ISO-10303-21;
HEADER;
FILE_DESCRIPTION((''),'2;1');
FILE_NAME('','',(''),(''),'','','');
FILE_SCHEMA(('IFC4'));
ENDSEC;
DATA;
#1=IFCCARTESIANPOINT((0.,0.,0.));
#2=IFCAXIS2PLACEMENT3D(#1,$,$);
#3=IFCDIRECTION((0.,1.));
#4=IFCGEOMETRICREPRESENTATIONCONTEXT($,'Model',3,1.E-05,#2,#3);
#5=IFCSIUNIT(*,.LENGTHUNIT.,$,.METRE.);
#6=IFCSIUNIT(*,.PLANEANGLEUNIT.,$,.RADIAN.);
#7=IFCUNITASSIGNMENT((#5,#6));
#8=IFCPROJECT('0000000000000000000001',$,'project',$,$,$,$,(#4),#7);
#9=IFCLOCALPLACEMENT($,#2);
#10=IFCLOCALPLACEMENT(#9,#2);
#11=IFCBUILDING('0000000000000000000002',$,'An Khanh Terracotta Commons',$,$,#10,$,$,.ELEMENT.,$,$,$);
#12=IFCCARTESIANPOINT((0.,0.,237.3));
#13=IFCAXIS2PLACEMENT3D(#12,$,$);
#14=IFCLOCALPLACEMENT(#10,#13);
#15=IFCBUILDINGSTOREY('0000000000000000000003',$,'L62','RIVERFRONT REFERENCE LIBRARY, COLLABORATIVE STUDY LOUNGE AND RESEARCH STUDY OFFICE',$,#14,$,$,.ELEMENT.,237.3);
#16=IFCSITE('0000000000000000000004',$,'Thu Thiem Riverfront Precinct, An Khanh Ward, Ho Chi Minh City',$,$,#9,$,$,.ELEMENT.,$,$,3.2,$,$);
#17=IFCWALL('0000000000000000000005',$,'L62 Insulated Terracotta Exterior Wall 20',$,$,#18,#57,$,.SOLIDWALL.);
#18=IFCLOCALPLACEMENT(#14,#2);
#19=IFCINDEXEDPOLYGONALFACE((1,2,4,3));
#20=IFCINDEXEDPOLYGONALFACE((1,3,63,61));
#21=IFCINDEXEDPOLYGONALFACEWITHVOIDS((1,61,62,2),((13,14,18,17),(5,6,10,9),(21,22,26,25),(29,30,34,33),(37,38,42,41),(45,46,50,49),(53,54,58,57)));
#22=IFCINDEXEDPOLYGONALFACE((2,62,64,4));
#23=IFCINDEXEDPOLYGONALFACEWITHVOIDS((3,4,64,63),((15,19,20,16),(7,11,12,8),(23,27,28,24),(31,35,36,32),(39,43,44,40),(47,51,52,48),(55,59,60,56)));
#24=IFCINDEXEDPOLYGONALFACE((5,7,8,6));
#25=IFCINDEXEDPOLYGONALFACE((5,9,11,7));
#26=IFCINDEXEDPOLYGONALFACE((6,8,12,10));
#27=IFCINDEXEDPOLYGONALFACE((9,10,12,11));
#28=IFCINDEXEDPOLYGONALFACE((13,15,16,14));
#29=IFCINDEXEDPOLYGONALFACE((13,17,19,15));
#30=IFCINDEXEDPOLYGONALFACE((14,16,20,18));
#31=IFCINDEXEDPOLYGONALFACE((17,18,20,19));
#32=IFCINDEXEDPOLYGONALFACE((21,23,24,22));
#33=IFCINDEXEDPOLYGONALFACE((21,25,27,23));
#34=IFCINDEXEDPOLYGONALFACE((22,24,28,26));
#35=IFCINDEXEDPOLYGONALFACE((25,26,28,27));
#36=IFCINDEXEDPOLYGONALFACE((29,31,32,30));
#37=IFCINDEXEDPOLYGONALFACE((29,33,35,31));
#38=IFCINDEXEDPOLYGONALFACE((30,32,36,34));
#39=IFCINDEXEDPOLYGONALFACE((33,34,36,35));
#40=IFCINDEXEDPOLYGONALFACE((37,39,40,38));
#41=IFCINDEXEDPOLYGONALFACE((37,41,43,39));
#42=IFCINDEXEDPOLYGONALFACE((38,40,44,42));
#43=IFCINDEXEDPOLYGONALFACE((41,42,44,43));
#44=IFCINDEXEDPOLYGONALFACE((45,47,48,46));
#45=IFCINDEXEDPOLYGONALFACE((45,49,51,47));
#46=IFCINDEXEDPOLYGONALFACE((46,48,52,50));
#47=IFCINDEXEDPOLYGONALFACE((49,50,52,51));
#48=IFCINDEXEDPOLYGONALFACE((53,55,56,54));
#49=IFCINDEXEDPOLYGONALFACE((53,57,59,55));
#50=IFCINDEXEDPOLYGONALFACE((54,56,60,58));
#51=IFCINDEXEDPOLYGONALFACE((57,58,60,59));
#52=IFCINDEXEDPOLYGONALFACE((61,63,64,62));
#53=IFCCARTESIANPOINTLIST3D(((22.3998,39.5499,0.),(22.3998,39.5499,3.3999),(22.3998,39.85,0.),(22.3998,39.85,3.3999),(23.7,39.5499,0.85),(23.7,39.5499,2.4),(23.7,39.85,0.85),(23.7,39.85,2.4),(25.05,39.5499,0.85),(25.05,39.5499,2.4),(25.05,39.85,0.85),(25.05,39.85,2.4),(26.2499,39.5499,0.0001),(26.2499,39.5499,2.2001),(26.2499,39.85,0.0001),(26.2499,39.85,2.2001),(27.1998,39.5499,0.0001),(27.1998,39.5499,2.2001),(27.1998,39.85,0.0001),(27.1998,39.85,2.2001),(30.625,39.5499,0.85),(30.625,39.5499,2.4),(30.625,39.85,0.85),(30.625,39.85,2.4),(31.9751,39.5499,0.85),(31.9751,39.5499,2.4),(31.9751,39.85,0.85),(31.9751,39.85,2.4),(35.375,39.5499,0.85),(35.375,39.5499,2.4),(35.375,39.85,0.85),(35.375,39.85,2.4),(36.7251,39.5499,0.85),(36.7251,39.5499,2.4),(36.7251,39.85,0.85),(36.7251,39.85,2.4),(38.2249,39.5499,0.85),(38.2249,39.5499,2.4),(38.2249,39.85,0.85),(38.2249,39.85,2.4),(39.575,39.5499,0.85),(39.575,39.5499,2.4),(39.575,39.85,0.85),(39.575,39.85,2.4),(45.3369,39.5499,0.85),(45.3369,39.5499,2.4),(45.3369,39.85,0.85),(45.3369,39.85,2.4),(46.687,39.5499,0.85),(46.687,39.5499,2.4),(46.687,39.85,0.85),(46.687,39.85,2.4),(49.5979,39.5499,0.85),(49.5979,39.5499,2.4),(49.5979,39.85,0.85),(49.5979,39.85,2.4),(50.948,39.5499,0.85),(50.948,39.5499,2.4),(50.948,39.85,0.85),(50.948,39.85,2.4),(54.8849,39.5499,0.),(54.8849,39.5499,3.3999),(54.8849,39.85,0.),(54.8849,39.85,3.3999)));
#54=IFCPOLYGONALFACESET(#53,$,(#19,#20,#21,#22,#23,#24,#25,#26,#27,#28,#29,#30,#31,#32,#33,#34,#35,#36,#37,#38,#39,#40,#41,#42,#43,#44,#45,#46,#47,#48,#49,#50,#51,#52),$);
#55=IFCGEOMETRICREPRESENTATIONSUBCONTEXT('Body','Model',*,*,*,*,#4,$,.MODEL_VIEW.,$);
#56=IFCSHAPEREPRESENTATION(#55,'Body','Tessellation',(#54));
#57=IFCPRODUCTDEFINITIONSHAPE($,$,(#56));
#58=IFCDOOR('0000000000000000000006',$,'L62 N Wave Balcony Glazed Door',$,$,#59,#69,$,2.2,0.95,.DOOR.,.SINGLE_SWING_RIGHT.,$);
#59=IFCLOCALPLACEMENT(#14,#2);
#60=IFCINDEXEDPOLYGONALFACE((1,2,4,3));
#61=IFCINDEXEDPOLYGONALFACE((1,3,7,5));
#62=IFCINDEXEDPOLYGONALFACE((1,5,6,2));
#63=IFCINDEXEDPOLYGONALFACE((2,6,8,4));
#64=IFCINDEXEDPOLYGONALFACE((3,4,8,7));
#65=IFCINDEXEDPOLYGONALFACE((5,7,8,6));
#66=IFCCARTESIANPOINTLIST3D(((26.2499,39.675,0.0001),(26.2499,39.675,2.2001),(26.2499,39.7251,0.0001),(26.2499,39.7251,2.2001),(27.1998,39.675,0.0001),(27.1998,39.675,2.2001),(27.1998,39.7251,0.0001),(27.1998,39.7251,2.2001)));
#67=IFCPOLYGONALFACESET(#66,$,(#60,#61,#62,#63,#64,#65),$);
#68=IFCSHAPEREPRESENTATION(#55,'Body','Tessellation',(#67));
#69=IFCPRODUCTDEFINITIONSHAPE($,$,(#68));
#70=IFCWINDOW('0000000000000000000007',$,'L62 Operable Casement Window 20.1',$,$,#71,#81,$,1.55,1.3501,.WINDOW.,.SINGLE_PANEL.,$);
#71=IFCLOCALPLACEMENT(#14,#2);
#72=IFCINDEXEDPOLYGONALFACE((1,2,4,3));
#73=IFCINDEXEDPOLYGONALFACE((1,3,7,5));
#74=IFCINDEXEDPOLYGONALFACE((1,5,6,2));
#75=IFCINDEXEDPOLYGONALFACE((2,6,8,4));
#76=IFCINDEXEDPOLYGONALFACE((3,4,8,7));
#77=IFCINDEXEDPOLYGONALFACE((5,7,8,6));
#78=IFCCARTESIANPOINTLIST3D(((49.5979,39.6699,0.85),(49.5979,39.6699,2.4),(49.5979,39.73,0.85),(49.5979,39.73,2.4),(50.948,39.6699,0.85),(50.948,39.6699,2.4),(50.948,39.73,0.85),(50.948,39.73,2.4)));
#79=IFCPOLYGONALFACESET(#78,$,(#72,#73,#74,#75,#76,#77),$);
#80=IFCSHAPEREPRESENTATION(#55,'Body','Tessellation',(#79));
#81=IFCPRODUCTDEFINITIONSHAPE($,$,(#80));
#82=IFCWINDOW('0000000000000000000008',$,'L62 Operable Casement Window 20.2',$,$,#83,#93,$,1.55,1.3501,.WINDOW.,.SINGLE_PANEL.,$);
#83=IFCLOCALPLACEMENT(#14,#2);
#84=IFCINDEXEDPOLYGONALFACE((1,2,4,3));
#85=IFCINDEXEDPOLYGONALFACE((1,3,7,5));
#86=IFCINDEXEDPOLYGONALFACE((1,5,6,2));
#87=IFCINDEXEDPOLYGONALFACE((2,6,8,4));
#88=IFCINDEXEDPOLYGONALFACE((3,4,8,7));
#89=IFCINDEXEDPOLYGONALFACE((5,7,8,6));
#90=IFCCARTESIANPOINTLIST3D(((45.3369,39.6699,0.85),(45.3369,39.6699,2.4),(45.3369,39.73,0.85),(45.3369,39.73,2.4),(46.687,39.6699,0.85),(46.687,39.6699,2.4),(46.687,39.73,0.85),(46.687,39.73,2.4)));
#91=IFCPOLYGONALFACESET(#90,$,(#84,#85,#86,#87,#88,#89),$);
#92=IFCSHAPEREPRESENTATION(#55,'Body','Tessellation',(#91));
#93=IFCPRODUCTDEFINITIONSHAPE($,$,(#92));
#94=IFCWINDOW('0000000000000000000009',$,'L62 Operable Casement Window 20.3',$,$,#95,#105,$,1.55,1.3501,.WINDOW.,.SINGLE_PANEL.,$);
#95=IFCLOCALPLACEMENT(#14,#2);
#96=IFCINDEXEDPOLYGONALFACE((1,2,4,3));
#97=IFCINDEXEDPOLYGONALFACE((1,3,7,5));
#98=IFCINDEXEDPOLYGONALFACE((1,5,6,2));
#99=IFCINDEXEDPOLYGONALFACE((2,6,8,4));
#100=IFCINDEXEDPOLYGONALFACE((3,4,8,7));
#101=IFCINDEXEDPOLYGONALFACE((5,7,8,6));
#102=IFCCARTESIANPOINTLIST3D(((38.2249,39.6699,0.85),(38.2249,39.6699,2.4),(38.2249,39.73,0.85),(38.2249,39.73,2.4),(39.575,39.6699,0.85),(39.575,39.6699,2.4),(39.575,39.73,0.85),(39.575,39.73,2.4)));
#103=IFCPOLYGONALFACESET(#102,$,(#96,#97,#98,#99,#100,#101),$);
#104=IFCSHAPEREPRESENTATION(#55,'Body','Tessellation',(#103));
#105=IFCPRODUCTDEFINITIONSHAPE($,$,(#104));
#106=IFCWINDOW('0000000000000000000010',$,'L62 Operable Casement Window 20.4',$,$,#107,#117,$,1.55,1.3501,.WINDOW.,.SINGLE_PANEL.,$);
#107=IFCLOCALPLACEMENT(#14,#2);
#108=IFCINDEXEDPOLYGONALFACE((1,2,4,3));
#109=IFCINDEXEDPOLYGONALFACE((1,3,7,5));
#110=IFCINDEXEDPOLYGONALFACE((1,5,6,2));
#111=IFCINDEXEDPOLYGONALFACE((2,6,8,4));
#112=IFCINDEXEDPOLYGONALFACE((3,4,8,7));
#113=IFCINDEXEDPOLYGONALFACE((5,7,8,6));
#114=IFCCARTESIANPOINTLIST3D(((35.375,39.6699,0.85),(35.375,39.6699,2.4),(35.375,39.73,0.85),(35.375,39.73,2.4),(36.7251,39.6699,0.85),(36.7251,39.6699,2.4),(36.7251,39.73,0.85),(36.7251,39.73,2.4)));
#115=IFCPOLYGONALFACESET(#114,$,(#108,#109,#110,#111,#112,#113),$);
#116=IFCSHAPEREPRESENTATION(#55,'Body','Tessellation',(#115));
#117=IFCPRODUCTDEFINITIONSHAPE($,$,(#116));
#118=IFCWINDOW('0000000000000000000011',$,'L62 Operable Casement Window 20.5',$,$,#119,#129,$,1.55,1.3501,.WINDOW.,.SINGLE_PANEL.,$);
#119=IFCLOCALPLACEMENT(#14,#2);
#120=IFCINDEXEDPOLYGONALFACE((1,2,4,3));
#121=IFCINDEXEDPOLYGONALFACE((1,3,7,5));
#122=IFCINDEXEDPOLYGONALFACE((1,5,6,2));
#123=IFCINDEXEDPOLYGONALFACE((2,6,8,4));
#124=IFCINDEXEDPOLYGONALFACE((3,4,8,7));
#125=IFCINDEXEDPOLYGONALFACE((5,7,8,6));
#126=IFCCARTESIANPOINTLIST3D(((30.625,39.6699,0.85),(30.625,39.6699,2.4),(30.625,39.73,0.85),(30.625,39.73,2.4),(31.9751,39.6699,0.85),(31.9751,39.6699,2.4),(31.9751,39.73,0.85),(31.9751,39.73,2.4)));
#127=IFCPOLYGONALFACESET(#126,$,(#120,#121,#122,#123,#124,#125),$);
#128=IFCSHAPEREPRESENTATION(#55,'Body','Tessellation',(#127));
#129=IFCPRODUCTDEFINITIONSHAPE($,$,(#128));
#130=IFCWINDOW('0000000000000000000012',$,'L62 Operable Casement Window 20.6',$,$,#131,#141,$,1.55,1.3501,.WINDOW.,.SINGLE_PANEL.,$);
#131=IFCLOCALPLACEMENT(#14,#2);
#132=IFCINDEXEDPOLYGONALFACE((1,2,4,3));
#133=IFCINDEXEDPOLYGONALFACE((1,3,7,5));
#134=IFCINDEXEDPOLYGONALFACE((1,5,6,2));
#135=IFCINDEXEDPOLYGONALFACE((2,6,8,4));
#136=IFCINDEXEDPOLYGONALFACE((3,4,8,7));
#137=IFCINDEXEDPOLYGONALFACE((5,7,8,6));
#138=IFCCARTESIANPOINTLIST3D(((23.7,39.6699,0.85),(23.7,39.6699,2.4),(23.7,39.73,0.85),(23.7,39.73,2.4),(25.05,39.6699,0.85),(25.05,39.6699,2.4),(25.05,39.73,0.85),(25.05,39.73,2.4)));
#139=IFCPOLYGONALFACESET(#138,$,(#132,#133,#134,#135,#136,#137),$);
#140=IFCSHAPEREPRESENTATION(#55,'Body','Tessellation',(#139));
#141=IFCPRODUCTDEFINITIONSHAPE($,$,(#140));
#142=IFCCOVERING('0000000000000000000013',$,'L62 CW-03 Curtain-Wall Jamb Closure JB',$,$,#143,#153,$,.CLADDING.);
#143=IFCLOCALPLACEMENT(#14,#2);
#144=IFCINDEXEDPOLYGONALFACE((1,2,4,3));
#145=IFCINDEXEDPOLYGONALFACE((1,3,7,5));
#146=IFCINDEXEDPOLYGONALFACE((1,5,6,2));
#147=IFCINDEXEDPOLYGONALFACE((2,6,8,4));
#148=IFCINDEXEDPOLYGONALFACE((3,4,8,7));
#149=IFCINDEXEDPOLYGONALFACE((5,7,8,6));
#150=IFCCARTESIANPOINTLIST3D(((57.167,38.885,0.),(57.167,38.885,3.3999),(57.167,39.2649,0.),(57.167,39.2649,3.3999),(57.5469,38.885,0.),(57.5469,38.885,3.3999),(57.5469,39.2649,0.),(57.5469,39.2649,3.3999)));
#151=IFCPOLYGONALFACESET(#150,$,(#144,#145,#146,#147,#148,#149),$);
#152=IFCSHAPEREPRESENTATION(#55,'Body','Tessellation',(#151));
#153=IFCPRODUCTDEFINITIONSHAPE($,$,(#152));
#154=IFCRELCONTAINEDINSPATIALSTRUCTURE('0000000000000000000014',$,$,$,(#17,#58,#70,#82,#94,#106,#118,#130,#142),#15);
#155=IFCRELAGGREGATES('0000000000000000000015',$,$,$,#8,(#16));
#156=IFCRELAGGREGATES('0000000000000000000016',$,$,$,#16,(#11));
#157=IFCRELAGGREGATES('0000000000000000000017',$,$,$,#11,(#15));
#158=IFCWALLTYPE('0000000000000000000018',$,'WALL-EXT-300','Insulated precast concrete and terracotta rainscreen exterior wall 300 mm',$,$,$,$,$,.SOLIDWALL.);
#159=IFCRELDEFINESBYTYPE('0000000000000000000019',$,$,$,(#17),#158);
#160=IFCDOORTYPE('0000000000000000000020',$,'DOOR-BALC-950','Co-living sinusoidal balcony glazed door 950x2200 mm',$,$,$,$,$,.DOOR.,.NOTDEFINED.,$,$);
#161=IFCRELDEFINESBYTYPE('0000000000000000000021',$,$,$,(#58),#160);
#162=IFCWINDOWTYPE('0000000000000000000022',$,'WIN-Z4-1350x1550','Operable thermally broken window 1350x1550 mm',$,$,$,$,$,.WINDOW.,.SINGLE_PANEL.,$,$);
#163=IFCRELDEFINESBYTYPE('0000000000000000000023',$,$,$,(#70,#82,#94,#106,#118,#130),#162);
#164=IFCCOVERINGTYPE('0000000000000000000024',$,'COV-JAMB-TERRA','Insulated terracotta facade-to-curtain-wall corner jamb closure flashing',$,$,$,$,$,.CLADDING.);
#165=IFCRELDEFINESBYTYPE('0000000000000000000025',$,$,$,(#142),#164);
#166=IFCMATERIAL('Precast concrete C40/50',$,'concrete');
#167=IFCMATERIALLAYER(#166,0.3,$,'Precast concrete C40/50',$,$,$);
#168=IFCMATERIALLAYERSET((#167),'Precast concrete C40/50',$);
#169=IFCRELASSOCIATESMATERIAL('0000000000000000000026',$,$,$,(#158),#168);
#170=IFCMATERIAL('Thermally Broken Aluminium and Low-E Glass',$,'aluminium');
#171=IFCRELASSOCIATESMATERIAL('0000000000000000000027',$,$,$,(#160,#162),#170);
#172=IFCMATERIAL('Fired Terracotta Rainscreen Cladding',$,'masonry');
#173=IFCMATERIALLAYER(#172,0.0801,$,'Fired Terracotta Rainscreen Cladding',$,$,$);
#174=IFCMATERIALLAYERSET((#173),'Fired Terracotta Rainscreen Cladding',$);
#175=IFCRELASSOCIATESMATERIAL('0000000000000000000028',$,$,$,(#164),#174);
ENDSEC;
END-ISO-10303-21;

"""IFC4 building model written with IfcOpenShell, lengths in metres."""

from ifc_helpers import new_model, si_unit, direction, frame, frame_2d, origin, origin_2d, place, context, subcontext, project, spatial, rectangle, extrude, material, layer, layer_set, type_object, element, fill, save


model = new_model("IFC4")

# Units and contexts
model_context = context("Model", 3, precision=1e-05, world=origin(), true_north=direction((0.0, 1.0)))
body_context = subcontext(model_context, "Body", "Model", "MODEL_VIEW")
ifc_project = project(units=[si_unit("LENGTHUNIT", "METRE"), si_unit("PLANEANGLEUNIT", "RADIAN")], contexts=[model_context])

# Site, building, storey
site_placement = place(None, origin())
site = spatial("IfcSite", under=ifc_project, at=site_placement, Name="Thu Thiem Riverfront Precinct, An Khanh Ward, Ho Chi Minh City", CompositionType="ELEMENT", RefElevation=3.2)
building_placement = place(site_placement, origin())
building = spatial("IfcBuilding", under=site, at=building_placement, Name="An Khanh Terracotta Commons", CompositionType="ELEMENT")
storey_placement = place(building_placement, frame((0.0, 0.0, 237.3)))
storey = spatial("IfcBuildingStorey", under=building, at=storey_placement, Name="L62", Description="RIVERFRONT REFERENCE LIBRARY, COLLABORATIVE STUDY LOUNGE AND RESEARCH STUDY OFFICE", CompositionType="ELEMENT", Elevation=237.3)

# Shared definitions
ifc_material_1 = material(Name="Precast concrete C40/50", Category="concrete")
ifc_layer_1 = layer(ifc_material_1, 0.3, Name="Precast concrete C40/50")
ifc_layer_set_1 = layer_set([ifc_layer_1], Name="Precast concrete C40/50")
wall_type = type_object("IfcWallType", Name="WALL-EXT-300", Description="Insulated precast concrete and terracotta rainscreen exterior wall 300 mm", PredefinedType="SOLIDWALL", material=ifc_layer_set_1)

# Wall, openings, door, windows
wall_1_placement = place(storey_placement, frame((54.885, 39.7, 0.0), z_axis=(0.0, 0.0, 1.0), x_axis=(-1.0, 0.0, 0.0)))
wall_1 = element("IfcWall", 1, at=wall_1_placement, inside=storey, type_object=wall_type, Name="L62 Insulated Terracotta Exterior Wall 20", PredefinedType="SOLIDWALL", context=body_context, shape_type="SweptSolid", body=[
    extrude(rectangle(XDim=32.4851, YDim=0.3, at=frame_2d((16.2427, 0.0))), origin(), (0.0, 0.0, 1.0), 3.3999),
])
opening_1_placement = place(wall_1_placement, frame((27.6851, 0.0, 0.0)))
opening_1 = element("IfcOpeningElement", 2, at=opening_1_placement, cuts=wall_1, PredefinedType="OPENING", context=body_context, shape_type="SweptSolid", body=[
    extrude(rectangle(XDim=0.95, YDim=2.2, at=frame_2d((0.4751, 1.1001))), frame((0.0, 0.1599, 0.0), z_axis=(0.0, -1.0, 0.0), x_axis=(1.0, 0.0, 0.0)), (0.0, 0.0, 1.0), 0.3201),
])
opening_2_placement = place(wall_1_placement, frame((3.937, 0.0, 0.8501)))
opening_2 = element("IfcOpeningElement", 3, at=opening_2_placement, cuts=wall_1, PredefinedType="OPENING", context=body_context, shape_type="SweptSolid", body=[
    extrude(rectangle(XDim=1.3501, YDim=1.55, at=frame_2d((0.675, 0.7749))), frame((0.0, 0.1599, 0.0), z_axis=(0.0, -1.0, 0.0), x_axis=(1.0, 0.0, 0.0)), (0.0, 0.0, 1.0), 0.3201),
])
opening_3_placement = place(wall_1_placement, frame((8.198, 0.0, 0.8501)))
opening_3 = element("IfcOpeningElement", 4, at=opening_3_placement, cuts=wall_1, PredefinedType="OPENING", context=body_context, shape_type="SweptSolid", body=[
    extrude(rectangle(XDim=1.3501, YDim=1.55, at=frame_2d((0.675, 0.7749))), frame((0.0, 0.1599, 0.0), z_axis=(0.0, -1.0, 0.0), x_axis=(1.0, 0.0, 0.0)), (0.0, 0.0, 1.0), 0.3201),
])
opening_4_placement = place(wall_1_placement, frame((15.3101, 0.0, 0.8501)))
opening_4 = element("IfcOpeningElement", 5, at=opening_4_placement, cuts=wall_1, PredefinedType="OPENING", context=body_context, shape_type="SweptSolid", body=[
    extrude(rectangle(XDim=1.3501, YDim=1.55, at=frame_2d((0.675, 0.7749))), frame((0.0, 0.1599, 0.0), z_axis=(0.0, -1.0, 0.0), x_axis=(1.0, 0.0, 0.0)), (0.0, 0.0, 1.0), 0.3201),
])
opening_5_placement = place(wall_1_placement, frame((18.1599, 0.0, 0.8501)))
opening_5 = element("IfcOpeningElement", 6, at=opening_5_placement, cuts=wall_1, PredefinedType="OPENING", context=body_context, shape_type="SweptSolid", body=[
    extrude(rectangle(XDim=1.3501, YDim=1.55, at=frame_2d((0.675, 0.7749))), frame((0.0, 0.1599, 0.0), z_axis=(0.0, -1.0, 0.0), x_axis=(1.0, 0.0, 0.0)), (0.0, 0.0, 1.0), 0.3201),
])
opening_6_placement = place(wall_1_placement, frame((22.9099, 0.0, 0.8501)))
opening_6 = element("IfcOpeningElement", 7, at=opening_6_placement, cuts=wall_1, PredefinedType="OPENING", context=body_context, shape_type="SweptSolid", body=[
    extrude(rectangle(XDim=1.3501, YDim=1.55, at=frame_2d((0.675, 0.7749))), frame((0.0, 0.1599, 0.0), z_axis=(0.0, -1.0, 0.0), x_axis=(1.0, 0.0, 0.0)), (0.0, 0.0, 1.0), 0.3201),
])
opening_7_placement = place(wall_1_placement, frame((29.835, 0.0, 0.8501)))
opening_7 = element("IfcOpeningElement", 8, at=opening_7_placement, cuts=wall_1, PredefinedType="OPENING", context=body_context, shape_type="SweptSolid", body=[
    extrude(rectangle(XDim=1.3501, YDim=1.55, at=frame_2d((0.675, 0.7749))), frame((0.0, 0.1599, 0.0), z_axis=(0.0, -1.0, 0.0), x_axis=(1.0, 0.0, 0.0)), (0.0, 0.0, 1.0), 0.3201),
])
ifc_material_2 = material(Name="Thermally Broken Aluminium and Low-E Glass", Category="aluminium")
door_type = type_object("IfcDoorType", Name="DOOR-BALC-950", Description="Co-living sinusoidal balcony glazed door 950x2200 mm", OperationType="NOTDEFINED", PredefinedType="DOOR", material=ifc_material_2)
door_placement = place(opening_1_placement, origin())
door = element("IfcDoor", 9, at=door_placement, inside=storey, type_object=door_type, Name="L62 N Wave Balcony Glazed Door", OperationType="SINGLE_SWING_RIGHT", OverallHeight=2.2, OverallWidth=0.95, PredefinedType="DOOR", context=body_context, shape_type="SweptSolid", body=[
    extrude(rectangle(XDim=0.95, YDim=2.2, at=frame_2d((0.4751, 1.1001))), frame((0.0, 0.0249, 0.0), z_axis=(0.0, -1.0, 0.0), x_axis=(1.0, 0.0, 0.0)), (0.0, 0.0, 1.0), 0.05),
])
fill(opening_1, door)
window_type = type_object("IfcWindowType", Name="WIN-Z4-1350x1550", Description="Operable thermally broken window 1350x1550 mm", PartitioningType="SINGLE_PANEL", PredefinedType="WINDOW", material=ifc_material_2)
window_1_placement = place(opening_2_placement, origin())
window_1 = element("IfcWindow", 10, at=window_1_placement, inside=storey, type_object=window_type, Name="L62 Operable Casement Window 20.1", OverallHeight=1.55, OverallWidth=1.3501, PartitioningType="SINGLE_PANEL", PredefinedType="WINDOW", context=body_context, shape_type="SweptSolid", body=[
    extrude(rectangle(XDim=1.3501, YDim=1.55, at=frame_2d((0.675, 0.7749))), frame((0.0, 0.03, 0.0), z_axis=(0.0, -1.0, 0.0), x_axis=(1.0, 0.0, 0.0)), (0.0, 0.0, 1.0), 0.0601),
])
fill(opening_2, window_1)
window_2_placement = place(opening_3_placement, origin())
window_2 = element("IfcWindow", 11, at=window_2_placement, inside=storey, type_object=window_type, Name="L62 Operable Casement Window 20.2", OverallHeight=1.55, OverallWidth=1.3501, PartitioningType="SINGLE_PANEL", PredefinedType="WINDOW", context=body_context, shape_type="SweptSolid", body=[
    extrude(rectangle(XDim=1.3501, YDim=1.55, at=frame_2d((0.675, 0.7749))), frame((0.0, 0.03, 0.0), z_axis=(0.0, -1.0, 0.0), x_axis=(1.0, 0.0, 0.0)), (0.0, 0.0, 1.0), 0.0601),
])
fill(opening_3, window_2)
window_3_placement = place(opening_4_placement, origin())
window_3 = element("IfcWindow", 12, at=window_3_placement, inside=storey, type_object=window_type, Name="L62 Operable Casement Window 20.3", OverallHeight=1.55, OverallWidth=1.3501, PartitioningType="SINGLE_PANEL", PredefinedType="WINDOW", context=body_context, shape_type="SweptSolid", body=[
    extrude(rectangle(XDim=1.3501, YDim=1.55, at=frame_2d((0.675, 0.7749))), frame((0.0, 0.03, 0.0), z_axis=(0.0, -1.0, 0.0), x_axis=(1.0, 0.0, 0.0)), (0.0, 0.0, 1.0), 0.0601),
])
fill(opening_4, window_3)
window_4_placement = place(opening_5_placement, origin())
window_4 = element("IfcWindow", 13, at=window_4_placement, inside=storey, type_object=window_type, Name="L62 Operable Casement Window 20.4", OverallHeight=1.55, OverallWidth=1.3501, PartitioningType="SINGLE_PANEL", PredefinedType="WINDOW", context=body_context, shape_type="SweptSolid", body=[
    extrude(rectangle(XDim=1.3501, YDim=1.55, at=frame_2d((0.675, 0.7749))), frame((0.0, 0.03, 0.0), z_axis=(0.0, -1.0, 0.0), x_axis=(1.0, 0.0, 0.0)), (0.0, 0.0, 1.0), 0.0601),
])
fill(opening_5, window_4)
window_5_placement = place(opening_6_placement, origin())
window_5 = element("IfcWindow", 14, at=window_5_placement, inside=storey, type_object=window_type, Name="L62 Operable Casement Window 20.5", OverallHeight=1.55, OverallWidth=1.3501, PartitioningType="SINGLE_PANEL", PredefinedType="WINDOW", context=body_context, shape_type="SweptSolid", body=[
    extrude(rectangle(XDim=1.3501, YDim=1.55, at=frame_2d((0.675, 0.7749))), frame((0.0, 0.03, 0.0), z_axis=(0.0, -1.0, 0.0), x_axis=(1.0, 0.0, 0.0)), (0.0, 0.0, 1.0), 0.0601),
])
fill(opening_6, window_5)
window_6_placement = place(opening_7_placement, origin())
window_6 = element("IfcWindow", 15, at=window_6_placement, inside=storey, type_object=window_type, Name="L62 Operable Casement Window 20.6", OverallHeight=1.55, OverallWidth=1.3501, PartitioningType="SINGLE_PANEL", PredefinedType="WINDOW", context=body_context, shape_type="SweptSolid", body=[
    extrude(rectangle(XDim=1.3501, YDim=1.55, at=frame_2d((0.675, 0.7749))), frame((0.0, 0.03, 0.0), z_axis=(0.0, -1.0, 0.0), x_axis=(1.0, 0.0, 0.0)), (0.0, 0.0, 1.0), 0.0601),
])
fill(opening_7, window_6)

# Covering
ifc_material_3 = material(Name="Fired Terracotta Rainscreen Cladding", Category="masonry")
ifc_layer_2 = layer(ifc_material_3, 0.0801, Name="Fired Terracotta Rainscreen Cladding")
ifc_layer_set_2 = layer_set([ifc_layer_2], Name="Fired Terracotta Rainscreen Cladding")
covering_type = type_object("IfcCoveringType", Name="COV-JAMB-TERRA", Description="Insulated terracotta facade-to-curtain-wall corner jamb closure flashing", PredefinedType="CLADDING", material=ifc_layer_set_2)
covering_placement = place(storey_placement, frame((57.3569, 39.075, 0.0), z_axis=(0.0, 0.0, 1.0), x_axis=(1.0, 0.0, 0.0)))
element("IfcCovering", 16, at=covering_placement, inside=storey, type_object=covering_type, Name="L62 CW-03 Curtain-Wall Jamb Closure JB", PredefinedType="CLADDING", context=body_context, shape_type="SweptSolid", body=[
    extrude(rectangle(XDim=0.3799, YDim=0.3799, at=origin_2d()), origin(), (0.0, 0.0, 1.0), 3.3999),
])

save(model, "model.ifc")
